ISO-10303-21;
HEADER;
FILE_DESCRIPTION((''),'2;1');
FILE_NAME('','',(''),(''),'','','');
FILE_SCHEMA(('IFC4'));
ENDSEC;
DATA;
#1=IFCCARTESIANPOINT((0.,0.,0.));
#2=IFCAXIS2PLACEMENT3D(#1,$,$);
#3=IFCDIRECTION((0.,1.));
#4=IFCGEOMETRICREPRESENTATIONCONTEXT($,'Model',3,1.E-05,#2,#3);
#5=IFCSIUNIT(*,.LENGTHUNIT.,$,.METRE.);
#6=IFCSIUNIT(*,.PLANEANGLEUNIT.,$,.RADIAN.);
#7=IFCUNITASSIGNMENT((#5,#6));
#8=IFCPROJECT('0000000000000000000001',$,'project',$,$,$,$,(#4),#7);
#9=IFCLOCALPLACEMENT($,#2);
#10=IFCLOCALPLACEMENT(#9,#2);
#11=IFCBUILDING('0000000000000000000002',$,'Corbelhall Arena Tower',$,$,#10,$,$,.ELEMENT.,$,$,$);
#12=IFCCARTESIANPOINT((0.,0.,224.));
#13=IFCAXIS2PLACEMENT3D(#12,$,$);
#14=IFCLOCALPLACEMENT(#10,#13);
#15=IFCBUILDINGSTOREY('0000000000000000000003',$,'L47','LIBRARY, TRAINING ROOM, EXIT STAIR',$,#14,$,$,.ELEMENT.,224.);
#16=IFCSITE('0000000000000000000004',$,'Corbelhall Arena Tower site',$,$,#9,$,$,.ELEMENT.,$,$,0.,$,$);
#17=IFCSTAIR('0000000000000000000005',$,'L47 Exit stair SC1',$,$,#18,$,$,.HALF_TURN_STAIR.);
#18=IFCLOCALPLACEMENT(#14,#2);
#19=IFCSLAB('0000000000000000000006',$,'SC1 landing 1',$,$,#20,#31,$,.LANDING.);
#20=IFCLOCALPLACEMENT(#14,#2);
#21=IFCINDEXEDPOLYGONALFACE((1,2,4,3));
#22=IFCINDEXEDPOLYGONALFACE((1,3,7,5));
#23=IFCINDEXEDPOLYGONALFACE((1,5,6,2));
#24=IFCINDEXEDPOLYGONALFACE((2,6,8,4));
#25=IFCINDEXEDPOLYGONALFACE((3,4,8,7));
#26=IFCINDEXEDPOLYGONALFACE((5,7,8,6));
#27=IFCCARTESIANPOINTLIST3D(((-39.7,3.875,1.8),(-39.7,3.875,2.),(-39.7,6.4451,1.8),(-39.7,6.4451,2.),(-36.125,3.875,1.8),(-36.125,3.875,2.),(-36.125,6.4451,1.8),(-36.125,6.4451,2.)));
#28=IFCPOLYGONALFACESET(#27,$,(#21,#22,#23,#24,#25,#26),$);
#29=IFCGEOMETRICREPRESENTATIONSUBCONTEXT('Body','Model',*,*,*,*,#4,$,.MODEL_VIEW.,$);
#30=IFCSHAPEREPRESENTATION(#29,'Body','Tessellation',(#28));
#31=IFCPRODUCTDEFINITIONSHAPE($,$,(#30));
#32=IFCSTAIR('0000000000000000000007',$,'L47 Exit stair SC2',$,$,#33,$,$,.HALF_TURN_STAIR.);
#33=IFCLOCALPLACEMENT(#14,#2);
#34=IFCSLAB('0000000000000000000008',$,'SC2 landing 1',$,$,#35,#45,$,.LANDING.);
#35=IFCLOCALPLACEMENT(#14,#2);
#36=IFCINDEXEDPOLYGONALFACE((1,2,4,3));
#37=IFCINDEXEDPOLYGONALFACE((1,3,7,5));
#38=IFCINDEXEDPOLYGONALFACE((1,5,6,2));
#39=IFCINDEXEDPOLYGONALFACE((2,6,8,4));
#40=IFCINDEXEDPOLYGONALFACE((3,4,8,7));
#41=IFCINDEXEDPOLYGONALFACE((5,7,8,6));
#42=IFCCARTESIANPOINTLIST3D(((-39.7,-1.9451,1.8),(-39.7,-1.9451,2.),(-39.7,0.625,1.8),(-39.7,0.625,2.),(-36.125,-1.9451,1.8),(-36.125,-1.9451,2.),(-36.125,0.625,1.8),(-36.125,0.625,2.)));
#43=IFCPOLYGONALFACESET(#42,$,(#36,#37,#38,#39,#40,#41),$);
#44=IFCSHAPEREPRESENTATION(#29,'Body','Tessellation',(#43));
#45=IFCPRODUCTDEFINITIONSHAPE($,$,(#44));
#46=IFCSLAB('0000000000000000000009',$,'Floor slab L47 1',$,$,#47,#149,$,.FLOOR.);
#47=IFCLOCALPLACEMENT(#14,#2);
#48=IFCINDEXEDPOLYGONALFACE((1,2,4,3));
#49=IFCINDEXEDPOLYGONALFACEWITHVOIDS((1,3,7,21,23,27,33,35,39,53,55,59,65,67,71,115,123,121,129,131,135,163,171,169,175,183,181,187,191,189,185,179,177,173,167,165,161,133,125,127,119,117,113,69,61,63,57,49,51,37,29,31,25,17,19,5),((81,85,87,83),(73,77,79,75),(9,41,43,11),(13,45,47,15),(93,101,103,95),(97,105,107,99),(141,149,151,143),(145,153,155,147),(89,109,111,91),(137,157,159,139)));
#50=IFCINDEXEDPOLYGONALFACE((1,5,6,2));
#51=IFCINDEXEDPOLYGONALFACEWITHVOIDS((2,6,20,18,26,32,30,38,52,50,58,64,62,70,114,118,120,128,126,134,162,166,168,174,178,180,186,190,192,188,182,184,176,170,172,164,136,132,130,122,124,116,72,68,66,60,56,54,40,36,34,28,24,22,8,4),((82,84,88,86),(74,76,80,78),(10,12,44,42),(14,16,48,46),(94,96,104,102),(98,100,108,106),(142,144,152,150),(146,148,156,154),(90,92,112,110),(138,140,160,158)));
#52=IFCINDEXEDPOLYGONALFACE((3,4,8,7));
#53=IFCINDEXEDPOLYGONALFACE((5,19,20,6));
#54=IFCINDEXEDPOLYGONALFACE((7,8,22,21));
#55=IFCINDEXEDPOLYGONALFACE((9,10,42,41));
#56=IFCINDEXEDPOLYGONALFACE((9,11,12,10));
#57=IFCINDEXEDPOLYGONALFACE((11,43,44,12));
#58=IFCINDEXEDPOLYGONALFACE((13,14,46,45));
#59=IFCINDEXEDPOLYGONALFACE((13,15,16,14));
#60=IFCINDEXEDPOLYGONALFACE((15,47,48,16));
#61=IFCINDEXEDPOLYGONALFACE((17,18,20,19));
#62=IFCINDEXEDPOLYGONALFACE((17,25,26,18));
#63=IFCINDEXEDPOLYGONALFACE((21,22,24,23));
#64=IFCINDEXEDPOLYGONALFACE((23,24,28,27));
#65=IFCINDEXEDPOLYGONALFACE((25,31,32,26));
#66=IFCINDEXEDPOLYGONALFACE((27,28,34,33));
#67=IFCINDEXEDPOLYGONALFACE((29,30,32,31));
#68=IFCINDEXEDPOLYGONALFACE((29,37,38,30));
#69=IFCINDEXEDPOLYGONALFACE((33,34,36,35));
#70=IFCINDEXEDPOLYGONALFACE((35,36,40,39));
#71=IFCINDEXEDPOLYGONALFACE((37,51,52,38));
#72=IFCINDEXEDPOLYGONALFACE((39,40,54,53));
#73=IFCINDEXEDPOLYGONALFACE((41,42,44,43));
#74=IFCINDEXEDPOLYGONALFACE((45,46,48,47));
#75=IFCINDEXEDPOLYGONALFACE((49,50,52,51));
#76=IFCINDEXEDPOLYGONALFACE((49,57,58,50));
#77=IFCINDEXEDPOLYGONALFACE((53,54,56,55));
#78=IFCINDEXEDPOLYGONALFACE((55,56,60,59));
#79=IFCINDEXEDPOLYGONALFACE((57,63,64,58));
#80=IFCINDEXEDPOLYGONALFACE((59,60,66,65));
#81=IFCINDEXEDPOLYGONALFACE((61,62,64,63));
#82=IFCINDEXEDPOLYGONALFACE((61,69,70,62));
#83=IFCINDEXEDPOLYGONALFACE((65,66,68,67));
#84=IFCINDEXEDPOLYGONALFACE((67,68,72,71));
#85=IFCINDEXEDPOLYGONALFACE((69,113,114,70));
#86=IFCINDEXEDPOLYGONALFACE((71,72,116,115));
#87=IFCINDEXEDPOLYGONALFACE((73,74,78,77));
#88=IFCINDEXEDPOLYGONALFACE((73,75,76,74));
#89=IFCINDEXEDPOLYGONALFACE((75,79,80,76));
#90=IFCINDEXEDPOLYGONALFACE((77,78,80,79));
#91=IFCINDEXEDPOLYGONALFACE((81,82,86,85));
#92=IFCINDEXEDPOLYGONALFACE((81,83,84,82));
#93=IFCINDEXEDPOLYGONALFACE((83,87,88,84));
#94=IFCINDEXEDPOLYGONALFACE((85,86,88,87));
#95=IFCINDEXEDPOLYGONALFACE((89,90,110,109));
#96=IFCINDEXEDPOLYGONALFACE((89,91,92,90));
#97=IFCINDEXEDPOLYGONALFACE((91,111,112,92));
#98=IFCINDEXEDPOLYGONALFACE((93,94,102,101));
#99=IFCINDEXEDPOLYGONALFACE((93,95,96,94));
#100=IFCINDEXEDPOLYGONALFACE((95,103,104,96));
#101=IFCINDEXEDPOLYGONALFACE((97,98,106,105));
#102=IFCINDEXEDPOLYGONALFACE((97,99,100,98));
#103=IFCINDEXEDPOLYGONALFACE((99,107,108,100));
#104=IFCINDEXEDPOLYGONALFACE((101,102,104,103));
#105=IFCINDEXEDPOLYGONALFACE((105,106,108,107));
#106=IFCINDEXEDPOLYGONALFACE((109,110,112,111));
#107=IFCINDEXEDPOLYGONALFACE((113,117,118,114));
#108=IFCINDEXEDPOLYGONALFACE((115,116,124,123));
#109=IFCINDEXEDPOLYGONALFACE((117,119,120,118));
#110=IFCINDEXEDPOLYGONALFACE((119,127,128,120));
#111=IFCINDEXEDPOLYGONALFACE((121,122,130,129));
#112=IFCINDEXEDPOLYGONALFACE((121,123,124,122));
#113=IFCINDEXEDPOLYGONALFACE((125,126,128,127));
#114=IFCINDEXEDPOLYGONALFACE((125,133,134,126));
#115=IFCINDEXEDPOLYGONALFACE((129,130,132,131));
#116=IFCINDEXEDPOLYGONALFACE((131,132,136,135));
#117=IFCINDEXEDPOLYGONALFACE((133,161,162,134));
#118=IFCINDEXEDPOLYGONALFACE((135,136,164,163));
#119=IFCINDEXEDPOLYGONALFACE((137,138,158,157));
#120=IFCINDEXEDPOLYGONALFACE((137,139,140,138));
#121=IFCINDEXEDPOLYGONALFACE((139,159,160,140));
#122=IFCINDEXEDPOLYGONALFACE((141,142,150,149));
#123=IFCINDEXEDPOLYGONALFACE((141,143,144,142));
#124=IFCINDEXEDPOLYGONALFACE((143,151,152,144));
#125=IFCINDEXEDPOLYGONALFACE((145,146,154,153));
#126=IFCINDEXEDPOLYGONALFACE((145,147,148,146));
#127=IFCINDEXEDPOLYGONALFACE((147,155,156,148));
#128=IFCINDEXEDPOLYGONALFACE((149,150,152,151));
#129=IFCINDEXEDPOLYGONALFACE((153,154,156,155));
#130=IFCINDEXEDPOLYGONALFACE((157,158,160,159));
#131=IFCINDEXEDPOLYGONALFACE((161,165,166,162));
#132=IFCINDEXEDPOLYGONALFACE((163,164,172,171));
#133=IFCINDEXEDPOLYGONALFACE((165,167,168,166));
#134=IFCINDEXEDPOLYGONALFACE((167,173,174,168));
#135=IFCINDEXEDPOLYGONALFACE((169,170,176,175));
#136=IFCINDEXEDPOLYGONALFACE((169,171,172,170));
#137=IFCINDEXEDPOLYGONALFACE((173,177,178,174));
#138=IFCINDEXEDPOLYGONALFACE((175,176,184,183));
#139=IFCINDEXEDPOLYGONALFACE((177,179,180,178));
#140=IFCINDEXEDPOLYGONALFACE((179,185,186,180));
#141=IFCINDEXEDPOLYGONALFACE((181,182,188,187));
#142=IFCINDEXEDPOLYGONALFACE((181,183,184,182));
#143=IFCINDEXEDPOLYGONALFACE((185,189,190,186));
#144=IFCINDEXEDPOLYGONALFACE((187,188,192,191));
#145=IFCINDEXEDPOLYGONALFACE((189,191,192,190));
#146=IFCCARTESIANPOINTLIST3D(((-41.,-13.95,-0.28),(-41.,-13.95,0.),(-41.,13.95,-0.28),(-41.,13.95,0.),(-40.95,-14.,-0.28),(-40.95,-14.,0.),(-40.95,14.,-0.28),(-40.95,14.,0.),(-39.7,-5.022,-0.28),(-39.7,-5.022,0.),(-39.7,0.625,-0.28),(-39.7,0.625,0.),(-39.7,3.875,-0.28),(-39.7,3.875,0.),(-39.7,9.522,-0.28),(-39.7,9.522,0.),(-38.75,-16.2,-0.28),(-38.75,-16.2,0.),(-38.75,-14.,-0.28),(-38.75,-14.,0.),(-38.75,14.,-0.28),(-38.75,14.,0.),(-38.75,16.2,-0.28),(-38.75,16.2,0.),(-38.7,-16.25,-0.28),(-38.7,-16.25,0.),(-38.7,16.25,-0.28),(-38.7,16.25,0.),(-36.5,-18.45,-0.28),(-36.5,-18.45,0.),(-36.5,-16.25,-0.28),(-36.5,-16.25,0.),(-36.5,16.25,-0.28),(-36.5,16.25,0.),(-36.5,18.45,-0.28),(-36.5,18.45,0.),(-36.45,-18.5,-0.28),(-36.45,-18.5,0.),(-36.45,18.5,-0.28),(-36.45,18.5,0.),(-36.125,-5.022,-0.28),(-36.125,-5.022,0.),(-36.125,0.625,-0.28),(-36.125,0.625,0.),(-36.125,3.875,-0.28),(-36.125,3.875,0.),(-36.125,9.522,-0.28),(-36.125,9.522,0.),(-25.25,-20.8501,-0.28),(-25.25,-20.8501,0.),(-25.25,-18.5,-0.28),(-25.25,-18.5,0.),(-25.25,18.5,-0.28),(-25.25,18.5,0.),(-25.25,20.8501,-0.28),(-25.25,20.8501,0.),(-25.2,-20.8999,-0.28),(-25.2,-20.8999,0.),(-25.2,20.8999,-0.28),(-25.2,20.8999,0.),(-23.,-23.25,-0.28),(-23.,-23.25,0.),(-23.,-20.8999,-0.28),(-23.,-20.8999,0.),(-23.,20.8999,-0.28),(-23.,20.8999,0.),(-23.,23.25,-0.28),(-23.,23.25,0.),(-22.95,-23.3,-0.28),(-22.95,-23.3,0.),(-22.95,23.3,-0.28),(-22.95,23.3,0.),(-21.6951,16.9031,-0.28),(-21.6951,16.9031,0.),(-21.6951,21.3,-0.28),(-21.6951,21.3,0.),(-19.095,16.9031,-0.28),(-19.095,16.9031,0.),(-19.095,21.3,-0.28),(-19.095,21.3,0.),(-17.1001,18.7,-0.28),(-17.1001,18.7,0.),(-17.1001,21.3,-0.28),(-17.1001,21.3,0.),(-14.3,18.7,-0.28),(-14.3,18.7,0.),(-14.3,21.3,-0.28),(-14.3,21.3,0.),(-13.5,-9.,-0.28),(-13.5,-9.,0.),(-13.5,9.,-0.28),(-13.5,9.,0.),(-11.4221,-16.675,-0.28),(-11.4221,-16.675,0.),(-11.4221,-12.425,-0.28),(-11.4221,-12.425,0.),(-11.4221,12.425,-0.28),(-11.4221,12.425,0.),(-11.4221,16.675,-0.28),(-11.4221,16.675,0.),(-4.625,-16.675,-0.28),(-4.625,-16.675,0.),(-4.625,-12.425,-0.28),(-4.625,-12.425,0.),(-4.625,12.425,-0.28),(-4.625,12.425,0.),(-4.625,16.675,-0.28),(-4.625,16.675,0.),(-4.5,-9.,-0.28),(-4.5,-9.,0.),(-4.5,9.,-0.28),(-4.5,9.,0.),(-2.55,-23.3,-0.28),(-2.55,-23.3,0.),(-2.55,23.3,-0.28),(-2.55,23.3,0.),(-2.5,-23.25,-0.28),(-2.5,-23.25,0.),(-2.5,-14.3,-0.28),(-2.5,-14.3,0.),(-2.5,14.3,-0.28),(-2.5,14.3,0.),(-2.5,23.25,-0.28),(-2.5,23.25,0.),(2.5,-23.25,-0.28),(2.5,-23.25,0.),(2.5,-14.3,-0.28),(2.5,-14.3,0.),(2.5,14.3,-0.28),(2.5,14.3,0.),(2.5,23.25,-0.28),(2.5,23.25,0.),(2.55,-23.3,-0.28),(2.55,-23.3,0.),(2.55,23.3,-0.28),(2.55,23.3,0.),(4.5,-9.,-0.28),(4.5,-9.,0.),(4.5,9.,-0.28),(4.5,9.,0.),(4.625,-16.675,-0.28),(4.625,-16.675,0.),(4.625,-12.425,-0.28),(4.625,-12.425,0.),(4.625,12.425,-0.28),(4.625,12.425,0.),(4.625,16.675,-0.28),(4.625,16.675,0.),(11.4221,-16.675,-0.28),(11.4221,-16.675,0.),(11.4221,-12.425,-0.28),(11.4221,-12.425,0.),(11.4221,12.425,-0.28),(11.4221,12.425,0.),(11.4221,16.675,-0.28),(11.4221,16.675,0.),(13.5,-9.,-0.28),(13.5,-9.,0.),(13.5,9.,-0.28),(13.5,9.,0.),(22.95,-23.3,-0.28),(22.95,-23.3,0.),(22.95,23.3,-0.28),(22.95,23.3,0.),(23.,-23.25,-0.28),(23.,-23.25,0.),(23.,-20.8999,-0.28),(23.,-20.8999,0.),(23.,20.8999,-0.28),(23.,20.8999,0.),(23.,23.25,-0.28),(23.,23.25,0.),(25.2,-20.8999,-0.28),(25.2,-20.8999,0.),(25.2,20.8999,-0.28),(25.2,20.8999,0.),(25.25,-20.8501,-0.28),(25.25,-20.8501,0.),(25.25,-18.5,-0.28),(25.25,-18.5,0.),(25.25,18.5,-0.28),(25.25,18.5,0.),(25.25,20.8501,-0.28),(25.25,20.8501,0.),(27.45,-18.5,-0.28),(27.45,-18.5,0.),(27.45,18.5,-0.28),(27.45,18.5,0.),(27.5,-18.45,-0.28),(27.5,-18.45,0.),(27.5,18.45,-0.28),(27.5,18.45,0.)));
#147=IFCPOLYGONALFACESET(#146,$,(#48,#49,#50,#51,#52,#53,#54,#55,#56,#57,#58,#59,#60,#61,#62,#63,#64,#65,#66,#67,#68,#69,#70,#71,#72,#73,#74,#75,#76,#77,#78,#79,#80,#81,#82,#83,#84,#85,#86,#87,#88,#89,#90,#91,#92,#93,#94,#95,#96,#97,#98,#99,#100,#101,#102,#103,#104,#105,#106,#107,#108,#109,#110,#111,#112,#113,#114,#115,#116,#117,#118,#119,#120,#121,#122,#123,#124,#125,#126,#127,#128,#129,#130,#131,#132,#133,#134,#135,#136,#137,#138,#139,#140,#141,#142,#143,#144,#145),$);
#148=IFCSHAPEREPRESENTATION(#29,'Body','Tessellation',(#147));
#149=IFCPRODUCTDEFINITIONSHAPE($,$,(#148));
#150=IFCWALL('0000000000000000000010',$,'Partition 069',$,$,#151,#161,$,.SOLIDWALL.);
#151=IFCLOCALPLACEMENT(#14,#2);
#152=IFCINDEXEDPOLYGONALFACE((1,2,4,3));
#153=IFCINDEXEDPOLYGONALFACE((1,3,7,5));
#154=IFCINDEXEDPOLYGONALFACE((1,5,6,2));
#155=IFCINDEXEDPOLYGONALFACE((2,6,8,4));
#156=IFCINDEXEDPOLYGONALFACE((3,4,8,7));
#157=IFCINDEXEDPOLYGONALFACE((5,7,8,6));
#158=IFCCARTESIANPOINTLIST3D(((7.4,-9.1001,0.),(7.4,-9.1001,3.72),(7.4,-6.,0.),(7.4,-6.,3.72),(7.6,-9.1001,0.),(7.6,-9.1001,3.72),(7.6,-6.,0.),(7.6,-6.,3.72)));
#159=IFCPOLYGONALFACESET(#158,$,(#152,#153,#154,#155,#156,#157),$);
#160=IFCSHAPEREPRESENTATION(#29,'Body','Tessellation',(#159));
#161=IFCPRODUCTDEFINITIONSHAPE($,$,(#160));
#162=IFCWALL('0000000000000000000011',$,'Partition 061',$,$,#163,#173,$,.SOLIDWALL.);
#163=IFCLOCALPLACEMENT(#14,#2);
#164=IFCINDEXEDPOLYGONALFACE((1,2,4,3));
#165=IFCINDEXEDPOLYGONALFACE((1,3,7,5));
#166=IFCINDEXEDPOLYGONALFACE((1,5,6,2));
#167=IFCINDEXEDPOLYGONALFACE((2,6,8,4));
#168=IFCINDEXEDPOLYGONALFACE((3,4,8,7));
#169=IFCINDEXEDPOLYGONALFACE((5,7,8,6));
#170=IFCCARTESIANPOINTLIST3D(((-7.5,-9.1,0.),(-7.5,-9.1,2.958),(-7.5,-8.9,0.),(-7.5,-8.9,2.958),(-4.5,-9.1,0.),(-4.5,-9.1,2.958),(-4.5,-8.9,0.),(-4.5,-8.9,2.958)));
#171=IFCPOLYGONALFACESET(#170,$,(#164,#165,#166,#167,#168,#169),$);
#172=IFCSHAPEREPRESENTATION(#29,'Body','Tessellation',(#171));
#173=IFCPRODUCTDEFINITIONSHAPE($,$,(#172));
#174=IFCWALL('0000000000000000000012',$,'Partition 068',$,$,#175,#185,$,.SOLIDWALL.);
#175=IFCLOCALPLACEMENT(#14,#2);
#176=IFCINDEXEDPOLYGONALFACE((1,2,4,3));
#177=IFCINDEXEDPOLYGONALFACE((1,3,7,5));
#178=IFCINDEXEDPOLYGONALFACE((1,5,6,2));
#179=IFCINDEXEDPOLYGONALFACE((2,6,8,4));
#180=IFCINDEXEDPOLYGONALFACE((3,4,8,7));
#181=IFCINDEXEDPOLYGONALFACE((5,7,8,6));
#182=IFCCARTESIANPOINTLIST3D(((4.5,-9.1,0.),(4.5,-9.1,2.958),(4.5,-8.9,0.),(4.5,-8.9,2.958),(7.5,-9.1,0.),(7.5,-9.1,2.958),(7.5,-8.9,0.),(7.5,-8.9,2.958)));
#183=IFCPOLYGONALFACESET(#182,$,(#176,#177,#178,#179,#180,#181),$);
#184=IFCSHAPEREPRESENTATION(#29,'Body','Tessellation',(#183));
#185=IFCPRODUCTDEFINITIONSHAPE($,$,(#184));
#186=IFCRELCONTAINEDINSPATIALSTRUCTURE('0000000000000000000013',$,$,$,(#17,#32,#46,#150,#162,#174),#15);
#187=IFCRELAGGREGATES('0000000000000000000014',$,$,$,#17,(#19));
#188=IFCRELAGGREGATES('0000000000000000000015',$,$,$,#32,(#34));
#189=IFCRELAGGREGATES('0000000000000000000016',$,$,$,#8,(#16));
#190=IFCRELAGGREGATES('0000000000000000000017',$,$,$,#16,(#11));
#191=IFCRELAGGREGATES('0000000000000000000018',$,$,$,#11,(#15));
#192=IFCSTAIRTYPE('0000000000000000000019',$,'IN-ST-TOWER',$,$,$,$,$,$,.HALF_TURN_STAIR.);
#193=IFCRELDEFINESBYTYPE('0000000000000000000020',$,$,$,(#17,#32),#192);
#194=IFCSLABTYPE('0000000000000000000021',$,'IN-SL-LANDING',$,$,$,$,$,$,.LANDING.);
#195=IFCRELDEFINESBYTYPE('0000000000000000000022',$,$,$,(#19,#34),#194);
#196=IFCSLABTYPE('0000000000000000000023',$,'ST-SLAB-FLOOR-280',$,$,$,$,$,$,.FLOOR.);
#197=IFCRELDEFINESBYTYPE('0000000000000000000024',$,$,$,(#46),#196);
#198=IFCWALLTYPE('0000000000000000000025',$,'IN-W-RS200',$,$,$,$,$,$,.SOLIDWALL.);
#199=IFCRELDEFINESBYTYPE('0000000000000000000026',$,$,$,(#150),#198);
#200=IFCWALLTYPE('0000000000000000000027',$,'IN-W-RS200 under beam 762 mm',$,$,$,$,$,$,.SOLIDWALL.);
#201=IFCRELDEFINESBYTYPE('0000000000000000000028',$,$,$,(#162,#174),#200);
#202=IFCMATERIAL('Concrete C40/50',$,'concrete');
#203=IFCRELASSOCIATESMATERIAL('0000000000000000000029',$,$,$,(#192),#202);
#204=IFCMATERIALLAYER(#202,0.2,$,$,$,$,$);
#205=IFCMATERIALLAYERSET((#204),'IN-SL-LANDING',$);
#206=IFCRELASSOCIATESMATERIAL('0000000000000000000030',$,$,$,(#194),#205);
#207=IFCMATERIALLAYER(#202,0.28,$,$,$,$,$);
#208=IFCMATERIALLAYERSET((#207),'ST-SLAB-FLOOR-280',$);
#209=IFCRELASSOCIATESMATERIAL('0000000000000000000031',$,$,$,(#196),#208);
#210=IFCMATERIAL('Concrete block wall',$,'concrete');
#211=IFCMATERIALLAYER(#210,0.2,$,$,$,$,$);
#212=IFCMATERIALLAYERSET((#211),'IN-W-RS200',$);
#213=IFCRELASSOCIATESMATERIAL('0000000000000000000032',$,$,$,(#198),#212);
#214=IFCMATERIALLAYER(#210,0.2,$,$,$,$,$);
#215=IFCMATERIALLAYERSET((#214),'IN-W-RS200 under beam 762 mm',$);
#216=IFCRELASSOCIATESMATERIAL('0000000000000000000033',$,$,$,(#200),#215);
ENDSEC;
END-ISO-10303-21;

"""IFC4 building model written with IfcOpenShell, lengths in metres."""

from ifc_helpers import new_model, si_unit, direction, frame, frame_2d, origin, place, context, subcontext, project, spatial, polyline, rectangle, outline, extrude, material, layer, layer_set, type_object, element, aggregate, save


model = new_model("IFC4")

# Units and contexts
model_context = context("Model", 3, precision=1e-05, world=origin(), true_north=direction((0.0, 1.0)))
body_context = subcontext(model_context, "Body", "Model", "MODEL_VIEW")
ifc_project = project(units=[si_unit("LENGTHUNIT", "METRE"), si_unit("PLANEANGLEUNIT", "RADIAN")], contexts=[model_context])

# Site, building, storey
site_placement = place(None, origin())
site = spatial("IfcSite", under=ifc_project, at=site_placement, Name="Corbelhall Arena Tower site", CompositionType="ELEMENT", RefElevation=0.0)
building_placement = place(site_placement, origin())
building = spatial("IfcBuilding", under=site, at=building_placement, Name="Corbelhall Arena Tower", CompositionType="ELEMENT")
storey_placement = place(building_placement, frame((0.0, 0.0, 224.0)))
storey = spatial("IfcBuildingStorey", under=building, at=storey_placement, Name="L47", Description="LIBRARY, TRAINING ROOM, EXIT STAIR", CompositionType="ELEMENT", Elevation=224.0)

# Shared definitions
ifc_material_1 = material(Name="Concrete C40/50", Category="concrete")

# Stairs, slabs
stair_type = type_object("IfcStairType", Name="IN-ST-TOWER", PredefinedType="HALF_TURN_STAIR", material=ifc_material_1)
ifc_layer_1 = layer(ifc_material_1, 0.2)
ifc_layer_set_1 = layer_set([ifc_layer_1], Name="IN-SL-LANDING")
slab_type_1 = type_object("IfcSlabType", Name="IN-SL-LANDING", PredefinedType="LANDING", material=ifc_layer_set_1)
stair_1_placement = place(storey_placement, origin())
stair_1 = element("IfcStair", 1, at=stair_1_placement, inside=storey, type_object=stair_type, Name="L47 Exit stair SC1", PredefinedType="HALF_TURN_STAIR")
slab_1_placement = place(storey_placement, frame((0.0, 0.0, 1.8)))
slab_1 = element("IfcSlab", 2, at=slab_1_placement, type_object=slab_type_1, Name="SC1 landing 1", PredefinedType="LANDING", context=body_context, shape_type="SweptSolid", body=[
    extrude(outline(polyline([(-39.7, 6.4451), (-39.7, 3.875), (-36.125, 3.875), (-36.125, 6.4451), (-39.7, 6.4451)])), origin(), (0.0, 0.0, 1.0), 0.2),
])
aggregate(stair_1, [slab_1])
stair_2_placement = place(storey_placement, origin())
stair_2 = element("IfcStair", 3, at=stair_2_placement, inside=storey, type_object=stair_type, Name="L47 Exit stair SC2", PredefinedType="HALF_TURN_STAIR")
slab_2_placement = place(storey_placement, frame((0.0, 0.0, 1.8)))
slab_2 = element("IfcSlab", 4, at=slab_2_placement, type_object=slab_type_1, Name="SC2 landing 1", PredefinedType="LANDING", context=body_context, shape_type="SweptSolid", body=[
    extrude(outline(polyline([(-36.125, -1.9451), (-36.125, 0.625), (-39.7, 0.625), (-39.7, -1.9451), (-36.125, -1.9451)])), origin(), (0.0, 0.0, 1.0), 0.2),
])
aggregate(stair_2, [slab_2])

# Slab
ifc_layer_2 = layer(ifc_material_1, 0.28)
ifc_layer_set_2 = layer_set([ifc_layer_2], Name="ST-SLAB-FLOOR-280")
slab_type_2 = type_object("IfcSlabType", Name="ST-SLAB-FLOOR-280", PredefinedType="FLOOR", material=ifc_layer_set_2)
slab_3_placement = place(storey_placement, frame((0.0, 0.0, -0.28)))
element("IfcSlab", 5, at=slab_3_placement, inside=storey, type_object=slab_type_2, Name="Floor slab L47 1", PredefinedType="FLOOR", context=body_context, shape_type="SweptSolid", body=[
    extrude(outline(polyline([(23.0, 23.25), (22.95, 23.3), (2.55, 23.3), (2.5, 23.25), (2.5, 14.3), (-2.5, 14.3), (-2.5, 23.25), (-2.55, 23.3), (-22.95, 23.3), (-23.0, 23.25), (-23.0, 20.8999), (-25.2, 20.8999), (-25.25, 20.8501), (-25.25, 18.5), (-36.45, 18.5), (-36.5, 18.45), (-36.5, 16.25), (-38.7, 16.25), (-38.75, 16.2), (-38.75, 14.0), (-40.95, 14.0), (-41.0, 13.95), (-41.0, -13.95), (-40.95, -14.0), (-38.75, -14.0), (-38.75, -16.2), (-38.7, -16.25), (-36.5, -16.25), (-36.5, -18.45), (-36.45, -18.5), (-25.25, -18.5), (-25.25, -20.8501), (-25.2, -20.8999), (-23.0, -20.8999), (-23.0, -23.25), (-22.95, -23.3), (-2.55, -23.3), (-2.5, -23.25), (-2.5, -14.3), (2.5, -14.3), (2.5, -23.25), (2.55, -23.3), (22.95, -23.3), (23.0, -23.25), (23.0, -20.8999), (25.2, -20.8999), (25.25, -20.8501), (25.25, -18.5), (27.45, -18.5), (27.5, -18.45), (27.5, 18.45), (27.45, 18.5), (25.25, 18.5), (25.25, 20.8501), (25.2, 20.8999), (23.0, 20.8999), (23.0, 23.25)]), holes=[polyline([(-4.5, -9.0), (-4.5, 9.0), (-13.5, 9.0), (-13.5, -9.0), (-4.5, -9.0)]), polyline([(13.5, -9.0), (13.5, 9.0), (4.5, 9.0), (4.5, -9.0), (13.5, -9.0)]), polyline([(-11.4221, 12.425), (-4.625, 12.425), (-4.625, 16.675), (-11.4221, 16.675), (-11.4221, 12.425)]), polyline([(-11.4221, -12.425), (-11.4221, -16.675), (-4.625, -16.675), (-4.625, -12.425), (-11.4221, -12.425)]), polyline([(4.625, 12.425), (11.4221, 12.425), (11.4221, 16.675), (4.625, 16.675), (4.625, 12.425)]), polyline([(4.625, -12.425), (4.625, -16.675), (11.4221, -16.675), (11.4221, -12.425), (4.625, -12.425)]), polyline([(-39.7, 9.522), (-39.7, 3.875), (-36.125, 3.875), (-36.125, 9.522), (-39.7, 9.522)]), polyline([(-39.7, -5.022), (-36.125, -5.022), (-36.125, 0.625), (-39.7, 0.625), (-39.7, -5.022)]), polyline([(-21.6951, 21.3), (-21.6951, 16.9031), (-19.095, 16.9031), (-19.095, 21.3), (-21.6951, 21.3)]), polyline([(-14.3, 21.3), (-17.1001, 21.3), (-17.1001, 18.7), (-14.3, 18.7), (-14.3, 21.3)])]), origin(), (0.0, 0.0, 1.0), 0.28),
])

# Walls
ifc_material_2 = material(Name="Concrete block wall", Category="concrete")
ifc_layer_3 = layer(ifc_material_2, 0.2)
ifc_layer_set_3 = layer_set([ifc_layer_3], Name="IN-W-RS200")
wall_type_1 = type_object("IfcWallType", Name="IN-W-RS200", PredefinedType="SOLIDWALL", material=ifc_layer_set_3)
wall_1_placement = place(storey_placement, frame((7.5, -6.0, 0.0), z_axis=(0.0, 0.0, 1.0), x_axis=(0.0, -1.0, 0.0)))
element("IfcWall", 6, at=wall_1_placement, inside=storey, type_object=wall_type_1, Name="Partition 069", PredefinedType="SOLIDWALL", context=body_context, shape_type="SweptSolid", body=[
    extrude(rectangle(XDim=3.1001, YDim=0.2, at=frame_2d((1.55, 0.0))), origin(), (0.0, 0.0, 1.0), 3.72),
])
ifc_layer_4 = layer(ifc_material_2, 0.2)
ifc_layer_set_4 = layer_set([ifc_layer_4], Name="IN-W-RS200 under beam 762 mm")
wall_type_2 = type_object("IfcWallType", Name="IN-W-RS200 under beam 762 mm", PredefinedType="SOLIDWALL", material=ifc_layer_set_4)
wall_2_placement = place(storey_placement, frame((-4.5, -9.0, 0.0), z_axis=(0.0, 0.0, 1.0), x_axis=(-1.0, 0.0, 0.0)))
element("IfcWall", 7, at=wall_2_placement, inside=storey, type_object=wall_type_2, Name="Partition 061", PredefinedType="SOLIDWALL", context=body_context, shape_type="SweptSolid", body=[
    extrude(rectangle(XDim=3.0, YDim=0.2, at=frame_2d((1.5, 0.0))), origin(), (0.0, 0.0, 1.0), 2.958),
])

# Wall
wall_3_placement = place(storey_placement, frame((7.5, -9.0, 0.0), z_axis=(0.0, 0.0, 1.0), x_axis=(-1.0, 0.0, 0.0)))
element("IfcWall", 8, at=wall_3_placement, inside=storey, type_object=wall_type_2, Name="Partition 068", PredefinedType="SOLIDWALL", context=body_context, shape_type="SweptSolid", body=[
    extrude(rectangle(XDim=3.0, YDim=0.2, at=frame_2d((1.5, 0.0))), origin(), (0.0, 0.0, 1.0), 2.958),
])

save(model, "model.ifc")
